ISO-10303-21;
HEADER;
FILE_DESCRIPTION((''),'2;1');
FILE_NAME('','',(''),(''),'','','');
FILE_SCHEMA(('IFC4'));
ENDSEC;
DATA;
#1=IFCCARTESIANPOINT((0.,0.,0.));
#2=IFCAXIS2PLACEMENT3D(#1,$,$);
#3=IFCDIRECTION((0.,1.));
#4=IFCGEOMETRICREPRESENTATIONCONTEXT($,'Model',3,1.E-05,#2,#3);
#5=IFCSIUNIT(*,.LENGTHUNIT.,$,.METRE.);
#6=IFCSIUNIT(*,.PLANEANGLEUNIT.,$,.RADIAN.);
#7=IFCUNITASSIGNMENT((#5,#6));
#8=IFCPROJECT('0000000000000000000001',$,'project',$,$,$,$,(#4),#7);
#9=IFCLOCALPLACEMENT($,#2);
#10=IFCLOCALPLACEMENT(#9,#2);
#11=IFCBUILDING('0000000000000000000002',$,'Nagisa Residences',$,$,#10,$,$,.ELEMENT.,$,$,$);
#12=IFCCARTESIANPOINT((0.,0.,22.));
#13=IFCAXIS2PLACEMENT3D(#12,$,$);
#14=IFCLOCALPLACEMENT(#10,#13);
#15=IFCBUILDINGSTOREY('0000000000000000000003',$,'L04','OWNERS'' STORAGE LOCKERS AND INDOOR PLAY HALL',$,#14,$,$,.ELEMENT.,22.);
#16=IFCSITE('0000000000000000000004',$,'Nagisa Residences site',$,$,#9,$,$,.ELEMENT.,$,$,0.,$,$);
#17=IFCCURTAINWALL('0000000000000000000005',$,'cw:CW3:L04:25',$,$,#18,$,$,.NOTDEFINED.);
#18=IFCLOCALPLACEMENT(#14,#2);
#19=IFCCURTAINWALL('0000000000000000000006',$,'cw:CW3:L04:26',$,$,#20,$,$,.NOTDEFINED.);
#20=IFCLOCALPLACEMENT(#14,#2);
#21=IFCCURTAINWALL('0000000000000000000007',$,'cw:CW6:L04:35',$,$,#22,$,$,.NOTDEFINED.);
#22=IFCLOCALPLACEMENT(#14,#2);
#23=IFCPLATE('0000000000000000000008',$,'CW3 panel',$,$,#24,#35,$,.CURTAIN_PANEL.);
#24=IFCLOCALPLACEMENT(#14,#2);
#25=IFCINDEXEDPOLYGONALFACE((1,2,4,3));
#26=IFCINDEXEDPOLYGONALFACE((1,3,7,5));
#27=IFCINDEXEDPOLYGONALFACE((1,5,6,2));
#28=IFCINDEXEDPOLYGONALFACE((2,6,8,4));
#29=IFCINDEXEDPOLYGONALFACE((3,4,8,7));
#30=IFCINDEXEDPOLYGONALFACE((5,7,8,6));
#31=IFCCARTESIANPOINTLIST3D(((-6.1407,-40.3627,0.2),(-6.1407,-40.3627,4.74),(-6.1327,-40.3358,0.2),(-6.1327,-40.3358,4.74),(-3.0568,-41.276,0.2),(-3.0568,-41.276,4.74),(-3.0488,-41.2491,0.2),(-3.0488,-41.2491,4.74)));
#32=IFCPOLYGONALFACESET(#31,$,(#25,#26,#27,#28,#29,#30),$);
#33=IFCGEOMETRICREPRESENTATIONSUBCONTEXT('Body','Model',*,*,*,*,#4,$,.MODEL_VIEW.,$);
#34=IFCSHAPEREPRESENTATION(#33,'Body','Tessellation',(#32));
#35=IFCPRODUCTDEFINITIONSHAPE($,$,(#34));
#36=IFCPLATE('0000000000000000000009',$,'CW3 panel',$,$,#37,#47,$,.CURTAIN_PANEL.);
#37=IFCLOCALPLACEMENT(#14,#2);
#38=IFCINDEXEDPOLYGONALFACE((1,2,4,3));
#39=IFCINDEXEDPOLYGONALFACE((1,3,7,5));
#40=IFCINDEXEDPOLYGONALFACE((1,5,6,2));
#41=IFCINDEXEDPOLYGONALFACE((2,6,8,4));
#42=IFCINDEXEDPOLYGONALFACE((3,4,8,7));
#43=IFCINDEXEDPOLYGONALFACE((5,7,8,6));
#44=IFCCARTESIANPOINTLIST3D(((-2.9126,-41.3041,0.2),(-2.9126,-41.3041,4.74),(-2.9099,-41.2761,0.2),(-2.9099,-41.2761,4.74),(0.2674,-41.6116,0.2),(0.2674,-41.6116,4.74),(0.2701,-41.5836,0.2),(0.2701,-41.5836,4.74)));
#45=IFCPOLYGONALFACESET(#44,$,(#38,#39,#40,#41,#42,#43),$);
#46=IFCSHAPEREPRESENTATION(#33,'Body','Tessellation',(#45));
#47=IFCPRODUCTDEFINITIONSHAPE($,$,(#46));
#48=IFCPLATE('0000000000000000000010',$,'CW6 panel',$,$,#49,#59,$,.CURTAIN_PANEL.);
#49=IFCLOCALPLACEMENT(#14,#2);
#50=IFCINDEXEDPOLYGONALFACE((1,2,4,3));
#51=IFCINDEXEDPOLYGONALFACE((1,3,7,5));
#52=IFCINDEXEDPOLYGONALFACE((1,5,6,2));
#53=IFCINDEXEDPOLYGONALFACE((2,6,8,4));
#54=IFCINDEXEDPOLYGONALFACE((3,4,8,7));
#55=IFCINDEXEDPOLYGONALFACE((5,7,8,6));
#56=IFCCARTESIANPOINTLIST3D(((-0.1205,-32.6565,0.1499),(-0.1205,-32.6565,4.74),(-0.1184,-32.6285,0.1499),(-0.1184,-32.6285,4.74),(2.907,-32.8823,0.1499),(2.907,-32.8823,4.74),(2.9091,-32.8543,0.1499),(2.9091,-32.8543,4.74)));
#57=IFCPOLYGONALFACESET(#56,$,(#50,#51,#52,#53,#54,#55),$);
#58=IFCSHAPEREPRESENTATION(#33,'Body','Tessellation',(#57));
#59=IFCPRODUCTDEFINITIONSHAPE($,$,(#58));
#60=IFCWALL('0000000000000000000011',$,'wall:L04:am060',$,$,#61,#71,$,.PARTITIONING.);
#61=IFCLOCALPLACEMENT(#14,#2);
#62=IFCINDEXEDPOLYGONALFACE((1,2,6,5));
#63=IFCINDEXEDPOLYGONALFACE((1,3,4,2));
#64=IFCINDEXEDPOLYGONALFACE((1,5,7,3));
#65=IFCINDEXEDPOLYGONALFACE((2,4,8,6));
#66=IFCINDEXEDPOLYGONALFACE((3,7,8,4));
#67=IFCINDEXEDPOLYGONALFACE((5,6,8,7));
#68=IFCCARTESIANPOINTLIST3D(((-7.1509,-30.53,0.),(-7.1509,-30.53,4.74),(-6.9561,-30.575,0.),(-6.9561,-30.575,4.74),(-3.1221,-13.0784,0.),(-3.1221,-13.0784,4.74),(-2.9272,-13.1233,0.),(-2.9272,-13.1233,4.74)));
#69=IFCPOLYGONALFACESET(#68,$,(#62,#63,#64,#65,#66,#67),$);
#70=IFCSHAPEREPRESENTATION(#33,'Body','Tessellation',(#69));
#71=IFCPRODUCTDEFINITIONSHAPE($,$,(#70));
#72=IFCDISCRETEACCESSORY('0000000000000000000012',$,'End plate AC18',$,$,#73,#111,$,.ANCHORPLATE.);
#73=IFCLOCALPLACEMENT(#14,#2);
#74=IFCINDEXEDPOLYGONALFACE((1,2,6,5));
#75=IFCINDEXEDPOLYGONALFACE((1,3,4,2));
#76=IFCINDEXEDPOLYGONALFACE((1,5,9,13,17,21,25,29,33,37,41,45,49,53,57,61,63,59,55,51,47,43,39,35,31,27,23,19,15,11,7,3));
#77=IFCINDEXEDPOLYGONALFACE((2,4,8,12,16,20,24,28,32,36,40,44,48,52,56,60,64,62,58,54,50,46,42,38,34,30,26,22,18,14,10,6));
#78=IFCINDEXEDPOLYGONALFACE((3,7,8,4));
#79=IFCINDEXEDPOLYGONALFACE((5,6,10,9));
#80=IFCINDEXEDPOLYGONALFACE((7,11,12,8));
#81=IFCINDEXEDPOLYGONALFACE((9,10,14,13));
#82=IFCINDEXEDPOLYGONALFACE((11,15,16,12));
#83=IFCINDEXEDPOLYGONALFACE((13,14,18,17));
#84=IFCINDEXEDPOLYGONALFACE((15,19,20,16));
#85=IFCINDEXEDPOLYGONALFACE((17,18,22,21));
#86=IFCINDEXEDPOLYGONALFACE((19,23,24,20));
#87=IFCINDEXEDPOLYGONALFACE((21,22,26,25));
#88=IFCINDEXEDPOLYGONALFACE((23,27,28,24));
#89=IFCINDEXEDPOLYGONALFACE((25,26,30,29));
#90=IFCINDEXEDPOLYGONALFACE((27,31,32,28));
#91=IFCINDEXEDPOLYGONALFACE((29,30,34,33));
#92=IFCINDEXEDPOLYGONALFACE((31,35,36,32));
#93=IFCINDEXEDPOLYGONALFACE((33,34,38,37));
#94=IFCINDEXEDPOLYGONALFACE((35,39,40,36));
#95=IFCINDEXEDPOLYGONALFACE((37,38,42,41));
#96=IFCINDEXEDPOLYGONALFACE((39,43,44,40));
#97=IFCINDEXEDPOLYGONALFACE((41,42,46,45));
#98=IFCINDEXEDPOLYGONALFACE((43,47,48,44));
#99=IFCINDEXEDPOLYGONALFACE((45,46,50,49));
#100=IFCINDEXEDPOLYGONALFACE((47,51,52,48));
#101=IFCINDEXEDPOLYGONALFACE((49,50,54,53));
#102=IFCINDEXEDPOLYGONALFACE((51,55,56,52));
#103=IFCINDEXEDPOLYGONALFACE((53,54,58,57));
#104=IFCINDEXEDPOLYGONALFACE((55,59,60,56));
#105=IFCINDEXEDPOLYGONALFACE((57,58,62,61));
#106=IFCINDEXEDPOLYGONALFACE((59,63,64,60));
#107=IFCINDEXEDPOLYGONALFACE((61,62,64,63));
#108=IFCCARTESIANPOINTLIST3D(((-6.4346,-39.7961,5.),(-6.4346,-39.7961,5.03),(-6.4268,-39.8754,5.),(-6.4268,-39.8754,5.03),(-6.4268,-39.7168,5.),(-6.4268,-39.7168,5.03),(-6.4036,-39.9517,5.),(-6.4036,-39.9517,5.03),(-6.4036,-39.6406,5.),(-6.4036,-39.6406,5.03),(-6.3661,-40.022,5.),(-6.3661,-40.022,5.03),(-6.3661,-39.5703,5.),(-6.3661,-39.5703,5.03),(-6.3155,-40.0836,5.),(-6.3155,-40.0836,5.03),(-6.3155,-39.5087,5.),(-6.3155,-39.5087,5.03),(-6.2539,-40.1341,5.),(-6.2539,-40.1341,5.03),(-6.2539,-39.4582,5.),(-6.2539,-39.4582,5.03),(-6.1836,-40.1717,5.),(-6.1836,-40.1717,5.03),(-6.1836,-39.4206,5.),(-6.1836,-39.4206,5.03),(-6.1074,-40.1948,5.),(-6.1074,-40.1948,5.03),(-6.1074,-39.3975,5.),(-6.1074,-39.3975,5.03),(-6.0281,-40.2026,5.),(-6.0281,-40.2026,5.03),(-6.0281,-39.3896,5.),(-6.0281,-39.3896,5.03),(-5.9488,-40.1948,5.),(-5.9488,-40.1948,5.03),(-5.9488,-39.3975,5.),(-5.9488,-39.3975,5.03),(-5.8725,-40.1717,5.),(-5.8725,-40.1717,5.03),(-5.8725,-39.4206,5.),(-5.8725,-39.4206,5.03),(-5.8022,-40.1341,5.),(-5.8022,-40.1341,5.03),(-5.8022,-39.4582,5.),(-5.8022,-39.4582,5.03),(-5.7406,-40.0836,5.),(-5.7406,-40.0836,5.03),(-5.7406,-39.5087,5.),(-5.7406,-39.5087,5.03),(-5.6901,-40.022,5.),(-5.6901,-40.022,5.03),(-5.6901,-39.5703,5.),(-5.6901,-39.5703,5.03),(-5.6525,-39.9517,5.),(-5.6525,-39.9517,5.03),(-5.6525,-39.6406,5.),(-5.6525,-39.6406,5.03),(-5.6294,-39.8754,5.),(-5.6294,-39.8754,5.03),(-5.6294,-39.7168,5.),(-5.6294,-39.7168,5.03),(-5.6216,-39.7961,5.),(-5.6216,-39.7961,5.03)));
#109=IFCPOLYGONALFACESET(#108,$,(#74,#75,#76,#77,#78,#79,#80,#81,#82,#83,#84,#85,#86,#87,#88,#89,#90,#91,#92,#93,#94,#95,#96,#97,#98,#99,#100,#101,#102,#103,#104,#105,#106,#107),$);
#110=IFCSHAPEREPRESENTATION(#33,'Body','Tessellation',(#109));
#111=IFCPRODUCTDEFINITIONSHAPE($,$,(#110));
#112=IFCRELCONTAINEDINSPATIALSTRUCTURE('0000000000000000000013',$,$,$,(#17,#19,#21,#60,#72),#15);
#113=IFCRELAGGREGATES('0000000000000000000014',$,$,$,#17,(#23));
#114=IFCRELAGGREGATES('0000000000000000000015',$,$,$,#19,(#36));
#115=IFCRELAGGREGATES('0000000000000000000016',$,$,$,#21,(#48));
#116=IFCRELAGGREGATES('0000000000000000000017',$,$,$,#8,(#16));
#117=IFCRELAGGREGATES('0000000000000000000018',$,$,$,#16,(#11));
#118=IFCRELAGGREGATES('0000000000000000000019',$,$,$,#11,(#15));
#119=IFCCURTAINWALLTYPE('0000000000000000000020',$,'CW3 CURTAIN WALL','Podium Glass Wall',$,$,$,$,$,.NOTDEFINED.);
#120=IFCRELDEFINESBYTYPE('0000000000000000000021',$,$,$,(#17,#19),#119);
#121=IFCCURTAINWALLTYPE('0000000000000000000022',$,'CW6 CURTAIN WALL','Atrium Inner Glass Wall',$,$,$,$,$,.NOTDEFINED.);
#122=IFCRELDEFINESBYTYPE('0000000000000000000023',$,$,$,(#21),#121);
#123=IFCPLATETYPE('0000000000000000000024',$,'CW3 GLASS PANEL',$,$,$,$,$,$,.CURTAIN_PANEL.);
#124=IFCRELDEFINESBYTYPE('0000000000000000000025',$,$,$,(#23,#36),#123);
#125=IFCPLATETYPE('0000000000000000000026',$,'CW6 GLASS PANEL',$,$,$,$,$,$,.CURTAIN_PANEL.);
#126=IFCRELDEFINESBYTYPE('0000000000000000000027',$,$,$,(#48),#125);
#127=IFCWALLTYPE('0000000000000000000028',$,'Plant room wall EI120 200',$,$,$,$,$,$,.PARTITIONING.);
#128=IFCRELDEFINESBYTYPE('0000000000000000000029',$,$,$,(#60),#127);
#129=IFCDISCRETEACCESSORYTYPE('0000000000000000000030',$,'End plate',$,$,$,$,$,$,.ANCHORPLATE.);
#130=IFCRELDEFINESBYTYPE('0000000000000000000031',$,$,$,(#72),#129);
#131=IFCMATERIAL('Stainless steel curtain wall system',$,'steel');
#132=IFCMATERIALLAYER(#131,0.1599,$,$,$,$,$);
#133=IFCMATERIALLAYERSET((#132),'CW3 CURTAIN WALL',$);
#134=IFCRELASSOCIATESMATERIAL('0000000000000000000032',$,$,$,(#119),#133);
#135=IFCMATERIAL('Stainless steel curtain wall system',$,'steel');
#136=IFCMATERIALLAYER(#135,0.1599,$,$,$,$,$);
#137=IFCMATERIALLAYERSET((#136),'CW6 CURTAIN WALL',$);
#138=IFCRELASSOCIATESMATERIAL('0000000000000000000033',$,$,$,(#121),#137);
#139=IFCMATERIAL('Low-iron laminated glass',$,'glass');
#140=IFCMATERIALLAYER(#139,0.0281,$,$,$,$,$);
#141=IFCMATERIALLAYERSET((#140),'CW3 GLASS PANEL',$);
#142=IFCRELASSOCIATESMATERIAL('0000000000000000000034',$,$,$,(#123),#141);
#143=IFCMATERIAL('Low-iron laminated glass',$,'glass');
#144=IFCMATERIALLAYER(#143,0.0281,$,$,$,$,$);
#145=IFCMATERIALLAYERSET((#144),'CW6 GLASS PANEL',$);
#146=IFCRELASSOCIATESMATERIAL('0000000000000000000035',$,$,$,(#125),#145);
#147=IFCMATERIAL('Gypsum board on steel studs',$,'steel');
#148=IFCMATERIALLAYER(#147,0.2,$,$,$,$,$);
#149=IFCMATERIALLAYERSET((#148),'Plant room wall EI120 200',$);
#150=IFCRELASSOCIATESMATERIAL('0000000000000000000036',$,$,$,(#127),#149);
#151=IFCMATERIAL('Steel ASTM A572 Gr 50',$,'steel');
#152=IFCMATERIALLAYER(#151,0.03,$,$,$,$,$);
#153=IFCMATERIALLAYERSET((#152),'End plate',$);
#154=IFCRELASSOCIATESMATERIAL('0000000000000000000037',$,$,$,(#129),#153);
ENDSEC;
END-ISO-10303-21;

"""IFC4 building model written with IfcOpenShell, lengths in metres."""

from ifc_helpers import new_model, si_unit, direction, frame, frame_2d, origin, origin_2d, place, context, subcontext, project, spatial, rectangle, circle, extrude, material, layer, layer_set, type_object, element, aggregate, save


model = new_model("IFC4")

# Units and contexts
model_context = context("Model", 3, precision=1e-05, world=origin(), true_north=direction((0.0, 1.0)))
body_context = subcontext(model_context, "Body", "Model", "MODEL_VIEW")
ifc_project = project(units=[si_unit("LENGTHUNIT", "METRE"), si_unit("PLANEANGLEUNIT", "RADIAN")], contexts=[model_context])

# Site, building, storey
site_placement = place(None, origin())
site = spatial("IfcSite", under=ifc_project, at=site_placement, Name="Nagisa Residences site", CompositionType="ELEMENT", RefElevation=0.0)
building_placement = place(site_placement, origin())
building = spatial("IfcBuilding", under=site, at=building_placement, Name="Nagisa Residences", CompositionType="ELEMENT")
storey_placement = place(building_placement, frame((0.0, 0.0, 22.0)))
storey = spatial("IfcBuildingStorey", under=building, at=storey_placement, Name="L04", Description="OWNERS' STORAGE LOCKERS AND INDOOR PLAY HALL", CompositionType="ELEMENT", Elevation=22.0)

# Curtain walls
ifc_material_1 = material(Name="Stainless steel curtain wall system", Category="steel")
ifc_layer_1 = layer(ifc_material_1, 0.1599)
ifc_layer_set_1 = layer_set([ifc_layer_1], Name="CW3 CURTAIN WALL")
curtain_wall_type_1 = type_object("IfcCurtainWallType", Name="CW3 CURTAIN WALL", Description="Podium Glass Wall", PredefinedType="NOTDEFINED", material=ifc_layer_set_1)
curtain_wall_1_placement = place(storey_placement, origin())
curtain_wall_1 = element("IfcCurtainWall", 1, at=curtain_wall_1_placement, inside=storey, type_object=curtain_wall_type_1, Name="cw:CW3:L04:25", PredefinedType="NOTDEFINED")
curtain_wall_2_placement = place(storey_placement, origin())
curtain_wall_2 = element("IfcCurtainWall", 2, at=curtain_wall_2_placement, inside=storey, type_object=curtain_wall_type_1, Name="cw:CW3:L04:26", PredefinedType="NOTDEFINED")
ifc_material_2 = material(Name="Stainless steel curtain wall system", Category="steel")
ifc_layer_2 = layer(ifc_material_2, 0.1599)
ifc_layer_set_2 = layer_set([ifc_layer_2], Name="CW6 CURTAIN WALL")
curtain_wall_type_2 = type_object("IfcCurtainWallType", Name="CW6 CURTAIN WALL", Description="Atrium Inner Glass Wall", PredefinedType="NOTDEFINED", material=ifc_layer_set_2)
curtain_wall_3_placement = place(storey_placement, origin())
curtain_wall_3 = element("IfcCurtainWall", 3, at=curtain_wall_3_placement, inside=storey, type_object=curtain_wall_type_2, Name="cw:CW6:L04:35", PredefinedType="NOTDEFINED")

# Plates
ifc_material_3 = material(Name="Low-iron laminated glass", Category="glass")
ifc_layer_3 = layer(ifc_material_3, 0.0281)
ifc_layer_set_3 = layer_set([ifc_layer_3], Name="CW3 GLASS PANEL")
plate_type_1 = type_object("IfcPlateType", Name="CW3 GLASS PANEL", PredefinedType="CURTAIN_PANEL", material=ifc_layer_set_3)
plate_1_placement = place(storey_placement, frame((-4.5947, -40.8059, 0.2), z_axis=(0.0, 0.0, 1.0), x_axis=(0.958835, -0.283963, 0.0)))
plate_1 = element("IfcPlate", 4, at=plate_1_placement, type_object=plate_type_1, Name="CW3 panel", PredefinedType="CURTAIN_PANEL", context=body_context, shape_type="SweptSolid", body=[
    extrude(rectangle(XDim=3.2163, YDim=0.0281, at=origin_2d()), origin(), (0.0, 0.0, 1.0), 4.54),
])
aggregate(curtain_wall_1, [plate_1])
plate_2_placement = place(storey_placement, frame((-1.3213, -41.4438, 0.2), z_axis=(0.0, 0.0, 1.0), x_axis=(0.995357, -0.096249, 0.0)))
plate_2 = element("IfcPlate", 5, at=plate_2_placement, type_object=plate_type_1, Name="CW3 panel", PredefinedType="CURTAIN_PANEL", context=body_context, shape_type="SweptSolid", body=[
    extrude(rectangle(XDim=3.1948, YDim=0.0281, at=origin_2d()), origin(), (0.0, 0.0, 1.0), 4.54),
])
aggregate(curtain_wall_2, [plate_2])
ifc_material_4 = material(Name="Low-iron laminated glass", Category="glass")
ifc_layer_4 = layer(ifc_material_4, 0.0281)
ifc_layer_set_4 = layer_set([ifc_layer_4], Name="CW6 GLASS PANEL")
plate_type_2 = type_object("IfcPlateType", Name="CW6 GLASS PANEL", PredefinedType="CURTAIN_PANEL", material=ifc_layer_set_4)
plate_3_placement = place(storey_placement, frame((1.3943, -32.7554, 0.1499), z_axis=(0.0, 0.0, 1.0), x_axis=(0.99723, -0.074377, 0.0)))
plate_3 = element("IfcPlate", 6, at=plate_3_placement, type_object=plate_type_2, Name="CW6 panel", PredefinedType="CURTAIN_PANEL", context=body_context, shape_type="SweptSolid", body=[
    extrude(rectangle(XDim=3.0359, YDim=0.0281, at=origin_2d()), origin(), (0.0, 0.0, 1.0), 4.5901),
])
aggregate(curtain_wall_3, [plate_3])

# Wall
ifc_material_5 = material(Name="Gypsum board on steel studs", Category="steel")
ifc_layer_5 = layer(ifc_material_5, 0.2)
ifc_layer_set_5 = layer_set([ifc_layer_5], Name="Plant room wall EI120 200")
wall_type = type_object("IfcWallType", Name="Plant room wall EI120 200", PredefinedType="PARTITIONING", material=ifc_layer_set_5)
wall_placement = place(storey_placement, frame((-7.0535, -30.5525, 0.0), z_axis=(0.0, 0.0, 1.0), x_axis=(0.224939, 0.974373, 0.0)))
element("IfcWall", 7, at=wall_placement, inside=storey, type_object=wall_type, Name="wall:L04:am060", PredefinedType="PARTITIONING", context=body_context, shape_type="SweptSolid", body=[
    extrude(rectangle(XDim=17.9106, YDim=0.2, at=frame_2d((8.9553, 0.0))), origin(), (0.0, 0.0, 1.0), 4.74),
])

# Discrete accessory
ifc_material_6 = material(Name="Steel ASTM A572 Gr 50", Category="steel")
ifc_layer_6 = layer(ifc_material_6, 0.03)
ifc_layer_set_6 = layer_set([ifc_layer_6], Name="End plate")
discrete_accessory_type = type_object("IfcDiscreteAccessoryType", Name="End plate", PredefinedType="ANCHORPLATE", material=ifc_layer_set_6)
discrete_accessory_placement = place(storey_placement, frame((-6.0281, -39.7961, 5.0), z_axis=(0.0, 0.0, 1.0), x_axis=(1.0, 0.0, 0.0)))
element("IfcDiscreteAccessory", 8, at=discrete_accessory_placement, inside=storey, type_object=discrete_accessory_type, Name="End plate AC18", PredefinedType="ANCHORPLATE", context=body_context, shape_type="SweptSolid", body=[
    extrude(circle(Radius=0.4065, at=origin_2d()), origin(), (0.0, 0.0, 1.0), 0.03),
])

save(model, "model.ifc")
